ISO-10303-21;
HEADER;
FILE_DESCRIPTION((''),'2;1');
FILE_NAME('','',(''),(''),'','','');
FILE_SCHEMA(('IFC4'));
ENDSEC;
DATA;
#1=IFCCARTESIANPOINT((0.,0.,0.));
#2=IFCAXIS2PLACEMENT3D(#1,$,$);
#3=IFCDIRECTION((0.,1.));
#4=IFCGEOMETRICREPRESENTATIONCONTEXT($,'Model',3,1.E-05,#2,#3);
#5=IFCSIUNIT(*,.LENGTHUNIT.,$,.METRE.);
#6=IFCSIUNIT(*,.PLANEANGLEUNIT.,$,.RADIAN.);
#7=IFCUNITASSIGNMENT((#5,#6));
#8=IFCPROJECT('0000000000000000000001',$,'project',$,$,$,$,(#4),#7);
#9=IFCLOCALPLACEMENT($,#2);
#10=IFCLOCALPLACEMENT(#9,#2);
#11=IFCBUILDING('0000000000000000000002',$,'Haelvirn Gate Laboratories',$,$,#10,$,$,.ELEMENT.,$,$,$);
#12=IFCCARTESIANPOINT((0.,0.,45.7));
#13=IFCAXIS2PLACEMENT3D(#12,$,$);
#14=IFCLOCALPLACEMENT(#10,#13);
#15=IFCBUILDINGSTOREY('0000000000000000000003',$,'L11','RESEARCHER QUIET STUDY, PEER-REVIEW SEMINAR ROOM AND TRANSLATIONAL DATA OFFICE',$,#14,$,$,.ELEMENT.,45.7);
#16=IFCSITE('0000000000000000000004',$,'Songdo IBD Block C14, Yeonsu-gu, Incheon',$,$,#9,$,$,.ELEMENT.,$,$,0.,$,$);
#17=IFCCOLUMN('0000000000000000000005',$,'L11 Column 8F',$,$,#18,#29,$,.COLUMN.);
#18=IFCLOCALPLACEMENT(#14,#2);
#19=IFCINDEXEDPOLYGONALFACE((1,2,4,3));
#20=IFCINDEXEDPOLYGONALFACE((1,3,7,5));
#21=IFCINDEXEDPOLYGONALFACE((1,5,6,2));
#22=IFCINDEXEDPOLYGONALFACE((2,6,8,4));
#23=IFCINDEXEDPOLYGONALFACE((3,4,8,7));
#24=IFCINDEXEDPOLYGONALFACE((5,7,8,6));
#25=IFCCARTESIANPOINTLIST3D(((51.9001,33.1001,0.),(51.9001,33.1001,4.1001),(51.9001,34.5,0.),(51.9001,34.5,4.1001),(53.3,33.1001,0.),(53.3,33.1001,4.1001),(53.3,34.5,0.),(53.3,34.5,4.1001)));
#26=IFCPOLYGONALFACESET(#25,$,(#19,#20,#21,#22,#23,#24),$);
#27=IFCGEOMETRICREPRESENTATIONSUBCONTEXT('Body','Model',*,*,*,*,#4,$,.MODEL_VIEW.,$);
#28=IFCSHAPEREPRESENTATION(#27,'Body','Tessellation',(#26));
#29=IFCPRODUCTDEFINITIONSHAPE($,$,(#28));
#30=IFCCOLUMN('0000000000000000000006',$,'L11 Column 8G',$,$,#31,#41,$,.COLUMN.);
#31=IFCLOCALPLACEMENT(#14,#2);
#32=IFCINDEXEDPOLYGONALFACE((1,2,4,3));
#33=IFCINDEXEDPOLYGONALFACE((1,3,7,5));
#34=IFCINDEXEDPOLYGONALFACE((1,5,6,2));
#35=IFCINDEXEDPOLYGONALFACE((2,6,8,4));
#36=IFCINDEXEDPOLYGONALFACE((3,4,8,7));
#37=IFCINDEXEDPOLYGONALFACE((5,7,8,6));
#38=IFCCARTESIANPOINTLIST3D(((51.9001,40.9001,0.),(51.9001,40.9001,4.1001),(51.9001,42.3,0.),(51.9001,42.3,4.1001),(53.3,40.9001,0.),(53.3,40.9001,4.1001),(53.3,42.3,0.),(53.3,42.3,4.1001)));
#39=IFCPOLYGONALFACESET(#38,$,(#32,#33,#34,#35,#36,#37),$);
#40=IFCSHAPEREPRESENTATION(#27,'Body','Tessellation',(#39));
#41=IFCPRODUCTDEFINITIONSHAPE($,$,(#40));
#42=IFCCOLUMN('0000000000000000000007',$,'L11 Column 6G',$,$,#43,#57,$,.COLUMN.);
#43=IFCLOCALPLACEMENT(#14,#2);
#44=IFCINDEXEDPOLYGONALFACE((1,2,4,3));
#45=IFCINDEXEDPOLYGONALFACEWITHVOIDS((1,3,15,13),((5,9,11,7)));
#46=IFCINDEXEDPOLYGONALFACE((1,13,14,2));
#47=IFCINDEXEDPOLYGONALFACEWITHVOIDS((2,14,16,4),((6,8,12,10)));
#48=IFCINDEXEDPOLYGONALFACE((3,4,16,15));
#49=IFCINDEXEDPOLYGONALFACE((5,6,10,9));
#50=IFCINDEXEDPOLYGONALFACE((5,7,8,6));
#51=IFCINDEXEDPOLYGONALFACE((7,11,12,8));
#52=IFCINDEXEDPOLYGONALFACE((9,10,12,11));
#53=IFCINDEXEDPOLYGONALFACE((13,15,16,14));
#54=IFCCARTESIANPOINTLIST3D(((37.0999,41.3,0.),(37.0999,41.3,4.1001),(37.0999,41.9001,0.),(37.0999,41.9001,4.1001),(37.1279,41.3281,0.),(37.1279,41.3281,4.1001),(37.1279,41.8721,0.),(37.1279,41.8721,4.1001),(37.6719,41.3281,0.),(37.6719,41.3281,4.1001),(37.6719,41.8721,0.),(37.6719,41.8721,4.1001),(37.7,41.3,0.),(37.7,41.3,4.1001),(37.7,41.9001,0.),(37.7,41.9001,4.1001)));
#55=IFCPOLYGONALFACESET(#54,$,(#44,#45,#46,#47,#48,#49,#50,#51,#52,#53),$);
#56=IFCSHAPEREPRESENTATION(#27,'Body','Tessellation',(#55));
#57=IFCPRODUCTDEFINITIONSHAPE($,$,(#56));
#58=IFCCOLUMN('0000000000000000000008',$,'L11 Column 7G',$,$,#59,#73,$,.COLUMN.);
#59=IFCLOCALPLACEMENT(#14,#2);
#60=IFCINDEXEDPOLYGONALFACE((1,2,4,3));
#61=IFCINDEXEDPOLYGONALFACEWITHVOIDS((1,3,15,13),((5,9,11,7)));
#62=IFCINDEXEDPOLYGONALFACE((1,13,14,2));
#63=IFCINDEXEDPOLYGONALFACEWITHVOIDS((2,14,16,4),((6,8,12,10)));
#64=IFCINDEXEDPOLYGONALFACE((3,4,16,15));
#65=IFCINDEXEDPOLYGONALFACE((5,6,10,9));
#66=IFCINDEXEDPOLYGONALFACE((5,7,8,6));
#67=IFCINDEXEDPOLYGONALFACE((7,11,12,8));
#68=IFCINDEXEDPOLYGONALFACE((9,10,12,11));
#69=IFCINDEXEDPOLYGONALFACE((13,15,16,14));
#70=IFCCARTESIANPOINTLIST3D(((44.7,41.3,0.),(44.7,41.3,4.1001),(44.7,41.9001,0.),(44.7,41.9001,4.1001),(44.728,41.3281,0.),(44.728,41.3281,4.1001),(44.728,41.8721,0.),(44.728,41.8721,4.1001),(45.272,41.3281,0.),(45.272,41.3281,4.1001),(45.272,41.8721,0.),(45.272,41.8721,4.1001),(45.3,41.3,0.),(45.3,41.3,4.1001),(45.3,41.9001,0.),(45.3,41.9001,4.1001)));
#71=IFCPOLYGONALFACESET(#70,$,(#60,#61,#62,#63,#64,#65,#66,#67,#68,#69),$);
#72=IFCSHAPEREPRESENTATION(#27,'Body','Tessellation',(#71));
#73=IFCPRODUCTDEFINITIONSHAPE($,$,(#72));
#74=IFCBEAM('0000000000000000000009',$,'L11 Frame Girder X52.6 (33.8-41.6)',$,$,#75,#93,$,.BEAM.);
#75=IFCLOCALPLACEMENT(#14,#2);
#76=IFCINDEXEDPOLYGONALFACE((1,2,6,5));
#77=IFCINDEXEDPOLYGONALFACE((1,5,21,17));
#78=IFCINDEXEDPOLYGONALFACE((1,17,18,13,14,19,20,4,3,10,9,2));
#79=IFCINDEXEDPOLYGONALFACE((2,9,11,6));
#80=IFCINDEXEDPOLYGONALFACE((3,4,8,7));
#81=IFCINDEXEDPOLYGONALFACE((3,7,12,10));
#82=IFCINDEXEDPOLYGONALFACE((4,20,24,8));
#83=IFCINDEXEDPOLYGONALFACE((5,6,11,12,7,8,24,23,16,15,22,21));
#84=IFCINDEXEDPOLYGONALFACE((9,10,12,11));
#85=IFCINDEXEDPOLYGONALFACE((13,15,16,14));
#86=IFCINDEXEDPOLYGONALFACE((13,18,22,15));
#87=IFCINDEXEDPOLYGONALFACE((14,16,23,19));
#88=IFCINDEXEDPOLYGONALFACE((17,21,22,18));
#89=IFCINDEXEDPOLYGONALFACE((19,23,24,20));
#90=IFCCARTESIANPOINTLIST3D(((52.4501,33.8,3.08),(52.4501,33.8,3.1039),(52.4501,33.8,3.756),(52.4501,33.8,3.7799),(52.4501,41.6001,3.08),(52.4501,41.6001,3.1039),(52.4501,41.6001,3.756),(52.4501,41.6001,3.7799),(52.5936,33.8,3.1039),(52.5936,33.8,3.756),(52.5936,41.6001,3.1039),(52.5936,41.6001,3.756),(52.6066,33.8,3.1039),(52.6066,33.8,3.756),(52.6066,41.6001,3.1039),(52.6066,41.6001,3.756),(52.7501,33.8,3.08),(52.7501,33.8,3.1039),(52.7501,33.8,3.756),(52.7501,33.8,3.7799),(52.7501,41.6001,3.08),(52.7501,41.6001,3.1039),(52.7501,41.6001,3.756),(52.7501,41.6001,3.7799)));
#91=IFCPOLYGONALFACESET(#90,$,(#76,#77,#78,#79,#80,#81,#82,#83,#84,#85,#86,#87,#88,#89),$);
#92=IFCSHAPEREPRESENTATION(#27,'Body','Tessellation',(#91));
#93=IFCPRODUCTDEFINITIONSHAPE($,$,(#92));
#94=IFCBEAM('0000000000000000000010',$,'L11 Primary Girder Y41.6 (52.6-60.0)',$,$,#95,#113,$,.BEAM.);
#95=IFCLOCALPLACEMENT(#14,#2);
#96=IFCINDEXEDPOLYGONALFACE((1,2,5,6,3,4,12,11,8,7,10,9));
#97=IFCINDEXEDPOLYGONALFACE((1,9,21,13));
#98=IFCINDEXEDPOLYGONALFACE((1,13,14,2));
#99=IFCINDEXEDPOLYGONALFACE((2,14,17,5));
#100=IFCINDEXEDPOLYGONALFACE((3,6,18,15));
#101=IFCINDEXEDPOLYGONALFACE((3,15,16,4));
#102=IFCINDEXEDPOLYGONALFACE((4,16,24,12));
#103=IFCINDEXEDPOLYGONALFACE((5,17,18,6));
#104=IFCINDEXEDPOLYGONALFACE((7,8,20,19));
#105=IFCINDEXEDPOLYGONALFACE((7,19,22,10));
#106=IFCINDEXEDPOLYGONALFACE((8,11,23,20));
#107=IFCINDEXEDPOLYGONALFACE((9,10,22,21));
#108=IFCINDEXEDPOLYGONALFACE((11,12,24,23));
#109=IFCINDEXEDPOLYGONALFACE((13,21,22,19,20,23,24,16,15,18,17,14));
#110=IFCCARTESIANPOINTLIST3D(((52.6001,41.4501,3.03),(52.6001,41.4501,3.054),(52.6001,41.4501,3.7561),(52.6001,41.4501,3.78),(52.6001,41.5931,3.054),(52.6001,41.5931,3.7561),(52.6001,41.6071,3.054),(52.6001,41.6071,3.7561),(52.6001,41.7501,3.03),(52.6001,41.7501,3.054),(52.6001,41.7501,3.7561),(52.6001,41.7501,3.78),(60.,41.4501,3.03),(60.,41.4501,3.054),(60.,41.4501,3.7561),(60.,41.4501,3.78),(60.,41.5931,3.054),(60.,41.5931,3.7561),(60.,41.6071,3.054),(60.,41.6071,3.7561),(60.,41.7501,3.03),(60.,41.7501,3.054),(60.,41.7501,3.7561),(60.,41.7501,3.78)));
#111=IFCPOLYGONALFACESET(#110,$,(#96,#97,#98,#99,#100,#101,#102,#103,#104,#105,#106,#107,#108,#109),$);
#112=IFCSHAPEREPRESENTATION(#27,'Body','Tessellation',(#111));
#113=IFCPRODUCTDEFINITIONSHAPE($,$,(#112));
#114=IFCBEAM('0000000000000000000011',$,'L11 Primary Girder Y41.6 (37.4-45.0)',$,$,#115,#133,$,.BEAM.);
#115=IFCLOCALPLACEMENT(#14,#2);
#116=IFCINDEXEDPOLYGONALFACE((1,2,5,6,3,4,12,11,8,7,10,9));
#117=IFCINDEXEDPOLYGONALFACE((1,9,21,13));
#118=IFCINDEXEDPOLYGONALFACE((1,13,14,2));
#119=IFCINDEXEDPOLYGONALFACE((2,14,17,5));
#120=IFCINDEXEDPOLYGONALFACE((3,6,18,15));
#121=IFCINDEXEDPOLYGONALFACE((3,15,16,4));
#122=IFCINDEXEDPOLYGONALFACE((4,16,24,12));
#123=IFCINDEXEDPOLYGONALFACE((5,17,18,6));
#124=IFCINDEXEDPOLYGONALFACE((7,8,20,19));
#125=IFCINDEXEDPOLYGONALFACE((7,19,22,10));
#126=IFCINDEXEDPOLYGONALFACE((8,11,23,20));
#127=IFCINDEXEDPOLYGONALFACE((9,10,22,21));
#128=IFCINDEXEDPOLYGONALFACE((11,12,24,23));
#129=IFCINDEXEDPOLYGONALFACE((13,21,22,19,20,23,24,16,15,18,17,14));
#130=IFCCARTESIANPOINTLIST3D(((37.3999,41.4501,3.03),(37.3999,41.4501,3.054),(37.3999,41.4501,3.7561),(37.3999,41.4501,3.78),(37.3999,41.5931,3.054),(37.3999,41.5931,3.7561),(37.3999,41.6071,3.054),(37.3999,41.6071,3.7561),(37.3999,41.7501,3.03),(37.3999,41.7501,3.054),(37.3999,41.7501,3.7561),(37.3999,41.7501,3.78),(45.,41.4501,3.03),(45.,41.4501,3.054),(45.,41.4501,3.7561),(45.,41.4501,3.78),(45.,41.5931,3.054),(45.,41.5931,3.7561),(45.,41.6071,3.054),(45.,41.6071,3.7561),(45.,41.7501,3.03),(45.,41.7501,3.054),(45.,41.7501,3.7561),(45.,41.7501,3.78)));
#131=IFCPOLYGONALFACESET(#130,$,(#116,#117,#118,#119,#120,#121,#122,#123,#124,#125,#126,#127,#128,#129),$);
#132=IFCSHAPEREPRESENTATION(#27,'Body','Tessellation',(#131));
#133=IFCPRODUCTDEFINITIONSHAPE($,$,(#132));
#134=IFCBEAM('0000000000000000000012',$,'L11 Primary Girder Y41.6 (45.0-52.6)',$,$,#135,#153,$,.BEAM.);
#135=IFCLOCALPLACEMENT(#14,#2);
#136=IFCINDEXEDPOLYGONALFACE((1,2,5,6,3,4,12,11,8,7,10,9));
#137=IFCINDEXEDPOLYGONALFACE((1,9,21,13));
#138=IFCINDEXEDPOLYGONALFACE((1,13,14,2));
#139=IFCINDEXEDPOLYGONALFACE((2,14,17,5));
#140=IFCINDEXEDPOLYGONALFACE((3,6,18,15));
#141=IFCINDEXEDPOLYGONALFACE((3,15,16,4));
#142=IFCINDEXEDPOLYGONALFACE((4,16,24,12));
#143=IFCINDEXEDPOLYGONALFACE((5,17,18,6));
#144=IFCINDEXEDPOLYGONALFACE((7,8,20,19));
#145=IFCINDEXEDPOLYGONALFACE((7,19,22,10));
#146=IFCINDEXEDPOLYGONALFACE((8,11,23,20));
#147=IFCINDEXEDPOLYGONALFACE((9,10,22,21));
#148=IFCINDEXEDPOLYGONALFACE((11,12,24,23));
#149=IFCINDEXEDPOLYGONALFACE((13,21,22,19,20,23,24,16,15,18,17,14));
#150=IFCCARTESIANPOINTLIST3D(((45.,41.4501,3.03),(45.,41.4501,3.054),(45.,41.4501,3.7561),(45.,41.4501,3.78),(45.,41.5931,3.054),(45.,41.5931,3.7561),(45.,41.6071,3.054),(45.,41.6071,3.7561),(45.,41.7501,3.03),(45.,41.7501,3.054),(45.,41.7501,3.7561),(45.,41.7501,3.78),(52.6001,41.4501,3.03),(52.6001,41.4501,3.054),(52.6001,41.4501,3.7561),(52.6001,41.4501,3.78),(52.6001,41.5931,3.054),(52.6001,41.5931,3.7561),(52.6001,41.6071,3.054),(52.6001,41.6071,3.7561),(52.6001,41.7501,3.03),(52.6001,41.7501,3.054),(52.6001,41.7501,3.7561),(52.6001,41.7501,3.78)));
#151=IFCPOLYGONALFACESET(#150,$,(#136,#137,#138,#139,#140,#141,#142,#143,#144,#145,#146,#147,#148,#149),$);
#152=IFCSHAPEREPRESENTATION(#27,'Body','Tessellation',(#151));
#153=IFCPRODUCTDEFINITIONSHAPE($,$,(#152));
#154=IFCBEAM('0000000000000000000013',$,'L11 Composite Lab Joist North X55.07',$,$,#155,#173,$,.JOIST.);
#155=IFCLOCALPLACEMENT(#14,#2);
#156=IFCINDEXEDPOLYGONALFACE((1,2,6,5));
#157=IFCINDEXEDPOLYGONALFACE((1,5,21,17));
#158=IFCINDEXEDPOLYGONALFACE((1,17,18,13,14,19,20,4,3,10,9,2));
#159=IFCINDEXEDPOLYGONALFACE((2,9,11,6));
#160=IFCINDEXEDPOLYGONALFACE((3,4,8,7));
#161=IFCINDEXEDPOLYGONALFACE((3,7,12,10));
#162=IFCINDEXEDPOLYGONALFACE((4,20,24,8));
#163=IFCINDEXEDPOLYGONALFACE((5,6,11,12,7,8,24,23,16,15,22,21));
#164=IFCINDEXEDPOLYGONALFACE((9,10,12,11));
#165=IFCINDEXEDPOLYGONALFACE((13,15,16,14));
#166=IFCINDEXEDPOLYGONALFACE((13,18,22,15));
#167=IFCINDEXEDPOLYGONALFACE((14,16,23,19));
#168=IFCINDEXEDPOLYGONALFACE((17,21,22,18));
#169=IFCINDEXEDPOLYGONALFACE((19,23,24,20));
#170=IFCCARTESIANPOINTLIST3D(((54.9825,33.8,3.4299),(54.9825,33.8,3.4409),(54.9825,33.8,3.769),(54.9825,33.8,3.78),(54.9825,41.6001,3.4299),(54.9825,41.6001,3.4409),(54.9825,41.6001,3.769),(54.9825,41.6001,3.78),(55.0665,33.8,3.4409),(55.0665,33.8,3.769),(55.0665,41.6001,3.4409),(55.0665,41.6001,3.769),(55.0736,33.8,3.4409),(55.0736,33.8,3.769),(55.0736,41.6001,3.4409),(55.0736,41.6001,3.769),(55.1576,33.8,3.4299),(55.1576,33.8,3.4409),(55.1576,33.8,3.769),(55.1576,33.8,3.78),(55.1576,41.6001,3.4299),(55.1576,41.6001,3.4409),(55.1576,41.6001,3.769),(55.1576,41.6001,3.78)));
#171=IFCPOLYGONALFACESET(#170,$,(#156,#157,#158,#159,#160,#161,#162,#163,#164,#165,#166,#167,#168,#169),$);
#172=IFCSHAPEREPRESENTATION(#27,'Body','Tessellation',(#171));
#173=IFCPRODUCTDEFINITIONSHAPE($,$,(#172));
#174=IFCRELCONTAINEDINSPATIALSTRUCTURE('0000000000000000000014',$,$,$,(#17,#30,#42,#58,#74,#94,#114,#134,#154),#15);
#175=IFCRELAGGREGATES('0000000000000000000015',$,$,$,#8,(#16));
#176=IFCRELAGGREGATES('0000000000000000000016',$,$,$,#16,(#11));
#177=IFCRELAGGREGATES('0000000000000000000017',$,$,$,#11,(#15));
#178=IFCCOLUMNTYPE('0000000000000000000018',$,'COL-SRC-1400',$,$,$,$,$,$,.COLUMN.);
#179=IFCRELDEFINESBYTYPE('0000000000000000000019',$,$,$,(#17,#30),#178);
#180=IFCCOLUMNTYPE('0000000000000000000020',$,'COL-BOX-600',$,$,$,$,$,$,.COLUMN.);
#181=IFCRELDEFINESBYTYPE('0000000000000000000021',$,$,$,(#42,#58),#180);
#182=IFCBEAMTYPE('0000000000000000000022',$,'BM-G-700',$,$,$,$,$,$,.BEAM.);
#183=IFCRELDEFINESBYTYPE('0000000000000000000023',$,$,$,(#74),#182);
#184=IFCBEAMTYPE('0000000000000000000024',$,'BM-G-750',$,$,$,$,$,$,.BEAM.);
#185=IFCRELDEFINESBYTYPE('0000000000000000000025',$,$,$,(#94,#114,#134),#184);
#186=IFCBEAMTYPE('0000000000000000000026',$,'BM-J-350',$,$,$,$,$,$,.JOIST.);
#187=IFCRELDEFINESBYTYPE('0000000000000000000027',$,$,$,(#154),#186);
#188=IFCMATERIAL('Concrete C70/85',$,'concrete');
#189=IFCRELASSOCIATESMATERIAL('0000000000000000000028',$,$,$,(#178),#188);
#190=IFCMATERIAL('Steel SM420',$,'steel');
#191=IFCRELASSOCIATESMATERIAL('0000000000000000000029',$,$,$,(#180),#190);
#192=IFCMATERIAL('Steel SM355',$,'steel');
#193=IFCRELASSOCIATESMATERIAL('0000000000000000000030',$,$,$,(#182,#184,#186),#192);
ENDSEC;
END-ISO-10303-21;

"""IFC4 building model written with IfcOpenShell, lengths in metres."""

from ifc_helpers import new_model, si_unit, direction, frame, origin, origin_2d, place, context, subcontext, project, spatial, rectangle, hollow_rectangle, i_section, extrude, source, transform, mapped, material, material_profile, profile_set, type_object, type_shapes, element, save


model = new_model("IFC4")

# Units and contexts
model_context = context("Model", 3, precision=1e-05, world=origin(), true_north=direction((0.0, 1.0)))
body_context = subcontext(model_context, "Body", "Model", "MODEL_VIEW")
ifc_project = project(units=[si_unit("LENGTHUNIT", "METRE"), si_unit("PLANEANGLEUNIT", "RADIAN")], contexts=[model_context])

# Site, building, storey
site_placement = place(None, origin())
site = spatial("IfcSite", under=ifc_project, at=site_placement, Name="Songdo IBD Block C14, Yeonsu-gu, Incheon", CompositionType="ELEMENT", RefElevation=0.0)
building_placement = place(site_placement, origin())
building = spatial("IfcBuilding", under=site, at=building_placement, Name="Haelvirn Gate Laboratories", CompositionType="ELEMENT")
storey_placement = place(building_placement, frame((0.0, 0.0, 45.7)))
storey = spatial("IfcBuildingStorey", under=building, at=storey_placement, Name="L11", Description="RESEARCHER QUIET STUDY, PEER-REVIEW SEMINAR ROOM AND TRANSLATIONAL DATA OFFICE", CompositionType="ELEMENT", Elevation=45.7)

# Columns
ifc_material_1 = material(Name="Concrete C70/85", Category="concrete")
ifc_material_profile_1 = material_profile(ifc_material_1, rectangle(XDim=1.3999, YDim=1.3999, at=origin_2d()), Name="SRC-1400x1400")
ifc_profile_set_1 = profile_set([ifc_material_profile_1], Name="Concrete C70/85")
column_type_1 = type_object("IfcColumnType", Name="COL-SRC-1400", PredefinedType="COLUMN", material=ifc_profile_set_1)
shared_shape_1 = source(origin(), body_context, "Body", "SweptSolid", [
    extrude(rectangle(XDim=1.3999, YDim=1.3999, at=origin_2d()), origin(), (0.0, 0.0, 1.0), 4.1001),
])
type_shapes(column_type_1, [shared_shape_1])
for number, where, z_axis, x_axis, name in (
    (1, (52.6001, 33.8, 0.0), (0.0, 0.0, 1.0), (1.0, 0.0, 0.0), "L11 Column 8F"),
    (2, (52.6001, 41.6001, 0.0), (0.0, 0.0, 1.0), (1.0, 0.0, 0.0), "L11 Column 8G"),
):
    element("IfcColumn", number, at=place(storey_placement, frame(where, z_axis=z_axis, x_axis=x_axis)), inside=storey, type_object=column_type_1, Name=name, PredefinedType="COLUMN", context=body_context, shape_type="MappedRepresentation", body=[
        mapped(shared_shape_1, transform((0.0, 0.0, 0.0), scale=1.0)),
    ])
ifc_material_2 = material(Name="Steel SM420", Category="steel")
ifc_material_profile_2 = material_profile(ifc_material_2, hollow_rectangle(XDim=0.6001, YDim=0.6001, WallThickness=0.0281, at=origin_2d()), Name="BOX-600x600x28")
ifc_profile_set_2 = profile_set([ifc_material_profile_2], Name="Steel SM420")
column_type_2 = type_object("IfcColumnType", Name="COL-BOX-600", PredefinedType="COLUMN", material=ifc_profile_set_2)
shared_shape_2 = source(origin(), body_context, "Body", "SweptSolid", [
    extrude(hollow_rectangle(XDim=0.6001, YDim=0.6001, WallThickness=0.0281, at=origin_2d()), origin(), (0.0, 0.0, 1.0), 4.1001),
])
type_shapes(column_type_2, [shared_shape_2])
for number, where, z_axis, x_axis, name in (
    (3, (37.3999, 41.6001, 0.0), (0.0, 0.0, 1.0), (1.0, 0.0, 0.0), "L11 Column 6G"),
    (4, (45.0, 41.6001, 0.0), (0.0, 0.0, 1.0), (1.0, 0.0, 0.0), "L11 Column 7G"),
):
    element("IfcColumn", number, at=place(storey_placement, frame(where, z_axis=z_axis, x_axis=x_axis)), inside=storey, type_object=column_type_2, Name=name, PredefinedType="COLUMN", context=body_context, shape_type="MappedRepresentation", body=[
        mapped(shared_shape_2, transform((0.0, 0.0, 0.0), scale=1.0)),
    ])

# Beams
ifc_material_3 = material(Name="Steel SM355", Category="steel")
ifc_material_profile_3 = material_profile(ifc_material_3, i_section(OverallWidth=0.3, OverallDepth=0.7, WebThickness=0.0129, FlangeThickness=0.0239, at=origin_2d()), Name="H-700x300x13x24")
ifc_profile_set_3 = profile_set([ifc_material_profile_3], Name="Steel SM355")
beam_type_1 = type_object("IfcBeamType", Name="BM-G-700", PredefinedType="BEAM", material=ifc_profile_set_3)
shared_shape_3 = source(origin(), body_context, "Body", "SweptSolid", [
    extrude(i_section(OverallWidth=0.3, OverallDepth=0.7, WebThickness=0.0129, FlangeThickness=0.0239, at=origin_2d()), origin(), (0.0, 0.0, 1.0), 7.8),
])
type_shapes(beam_type_1, [shared_shape_3])
beam_1_placement = place(storey_placement, frame((52.6001, 33.8, 3.4299), z_axis=(0.0, 1.0, 0.0), x_axis=(-1.0, 0.0, 0.0)))
element("IfcBeam", 5, at=beam_1_placement, inside=storey, type_object=beam_type_1, Name="L11 Frame Girder X52.6 (33.8-41.6)", PredefinedType="BEAM", context=body_context, shape_type="MappedRepresentation", body=[
    mapped(shared_shape_3, transform((0.0, 0.0, 0.0), scale=1.0)),
])
ifc_material_profile_4 = material_profile(ifc_material_3, i_section(OverallWidth=0.3, OverallDepth=0.75, WebThickness=0.0139, FlangeThickness=0.0239, at=origin_2d()), Name="H-750x300x14x24")
ifc_profile_set_4 = profile_set([ifc_material_profile_4], Name="Steel SM355")
beam_type_2 = type_object("IfcBeamType", Name="BM-G-750", PredefinedType="BEAM", material=ifc_profile_set_4)
shared_shape_4 = source(origin(), body_context, "Body", "SweptSolid", [
    extrude(i_section(OverallWidth=0.3, OverallDepth=0.75, WebThickness=0.0139, FlangeThickness=0.0239, at=origin_2d()), origin(), (0.0, 0.0, 1.0), 7.3999),
])
beam_2_placement = place(storey_placement, frame((52.6001, 41.6001, 3.405), z_axis=(1.0, 0.0, 0.0), x_axis=(0.0, 1.0, 0.0)))
element("IfcBeam", 6, at=beam_2_placement, inside=storey, type_object=beam_type_2, Name="L11 Primary Girder Y41.6 (52.6-60.0)", PredefinedType="BEAM", context=body_context, shape_type="MappedRepresentation", body=[
    mapped(shared_shape_4, transform((0.0, 0.0, 0.0), scale=1.0)),
])
shared_shape_5 = source(origin(), body_context, "Body", "SweptSolid", [
    extrude(i_section(OverallWidth=0.3, OverallDepth=0.75, WebThickness=0.0139, FlangeThickness=0.0239, at=origin_2d()), origin(), (0.0, 0.0, 1.0), 7.6001),
])
type_shapes(beam_type_2, [shared_shape_4, shared_shape_5])
for number, where, z_axis, x_axis, name in (
    (7, (37.3999, 41.6001, 3.405), (1.0, 0.0, 0.0), (0.0, 1.0, 0.0), "L11 Primary Girder Y41.6 (37.4-45.0)"),
    (8, (45.0, 41.6001, 3.405), (1.0, 0.0, 0.0), (0.0, 1.0, 0.0), "L11 Primary Girder Y41.6 (45.0-52.6)"),
):
    element("IfcBeam", number, at=place(storey_placement, frame(where, z_axis=z_axis, x_axis=x_axis)), inside=storey, type_object=beam_type_2, Name=name, PredefinedType="BEAM", context=body_context, shape_type="MappedRepresentation", body=[
        mapped(shared_shape_5, transform((0.0, 0.0, 0.0), scale=1.0)),
    ])
ifc_material_profile_5 = material_profile(ifc_material_3, i_section(OverallWidth=0.175, OverallDepth=0.3501, WebThickness=0.0071, FlangeThickness=0.011, at=origin_2d()), Name="H-350x175x7x11")
ifc_profile_set_5 = profile_set([ifc_material_profile_5], Name="Steel SM355")
beam_type_3 = type_object("IfcBeamType", Name="BM-J-350", PredefinedType="JOIST", material=ifc_profile_set_5)
shared_shape_6 = source(origin(), body_context, "Body", "SweptSolid", [
    extrude(i_section(OverallWidth=0.175, OverallDepth=0.3501, WebThickness=0.0071, FlangeThickness=0.011, at=origin_2d()), origin(), (0.0, 0.0, 1.0), 7.8),
])
type_shapes(beam_type_3, [shared_shape_6])
beam_3_placement = place(storey_placement, frame((55.0701, 33.8, 3.605), z_axis=(0.0, 1.0, 0.0), x_axis=(-1.0, 0.0, 0.0)))
element("IfcBeam", 9, at=beam_3_placement, inside=storey, type_object=beam_type_3, Name="L11 Composite Lab Joist North X55.07", PredefinedType="JOIST", context=body_context, shape_type="MappedRepresentation", body=[
    mapped(shared_shape_6, transform((0.0, 0.0, 0.0), scale=1.0)),
])

save(model, "model.ifc")
